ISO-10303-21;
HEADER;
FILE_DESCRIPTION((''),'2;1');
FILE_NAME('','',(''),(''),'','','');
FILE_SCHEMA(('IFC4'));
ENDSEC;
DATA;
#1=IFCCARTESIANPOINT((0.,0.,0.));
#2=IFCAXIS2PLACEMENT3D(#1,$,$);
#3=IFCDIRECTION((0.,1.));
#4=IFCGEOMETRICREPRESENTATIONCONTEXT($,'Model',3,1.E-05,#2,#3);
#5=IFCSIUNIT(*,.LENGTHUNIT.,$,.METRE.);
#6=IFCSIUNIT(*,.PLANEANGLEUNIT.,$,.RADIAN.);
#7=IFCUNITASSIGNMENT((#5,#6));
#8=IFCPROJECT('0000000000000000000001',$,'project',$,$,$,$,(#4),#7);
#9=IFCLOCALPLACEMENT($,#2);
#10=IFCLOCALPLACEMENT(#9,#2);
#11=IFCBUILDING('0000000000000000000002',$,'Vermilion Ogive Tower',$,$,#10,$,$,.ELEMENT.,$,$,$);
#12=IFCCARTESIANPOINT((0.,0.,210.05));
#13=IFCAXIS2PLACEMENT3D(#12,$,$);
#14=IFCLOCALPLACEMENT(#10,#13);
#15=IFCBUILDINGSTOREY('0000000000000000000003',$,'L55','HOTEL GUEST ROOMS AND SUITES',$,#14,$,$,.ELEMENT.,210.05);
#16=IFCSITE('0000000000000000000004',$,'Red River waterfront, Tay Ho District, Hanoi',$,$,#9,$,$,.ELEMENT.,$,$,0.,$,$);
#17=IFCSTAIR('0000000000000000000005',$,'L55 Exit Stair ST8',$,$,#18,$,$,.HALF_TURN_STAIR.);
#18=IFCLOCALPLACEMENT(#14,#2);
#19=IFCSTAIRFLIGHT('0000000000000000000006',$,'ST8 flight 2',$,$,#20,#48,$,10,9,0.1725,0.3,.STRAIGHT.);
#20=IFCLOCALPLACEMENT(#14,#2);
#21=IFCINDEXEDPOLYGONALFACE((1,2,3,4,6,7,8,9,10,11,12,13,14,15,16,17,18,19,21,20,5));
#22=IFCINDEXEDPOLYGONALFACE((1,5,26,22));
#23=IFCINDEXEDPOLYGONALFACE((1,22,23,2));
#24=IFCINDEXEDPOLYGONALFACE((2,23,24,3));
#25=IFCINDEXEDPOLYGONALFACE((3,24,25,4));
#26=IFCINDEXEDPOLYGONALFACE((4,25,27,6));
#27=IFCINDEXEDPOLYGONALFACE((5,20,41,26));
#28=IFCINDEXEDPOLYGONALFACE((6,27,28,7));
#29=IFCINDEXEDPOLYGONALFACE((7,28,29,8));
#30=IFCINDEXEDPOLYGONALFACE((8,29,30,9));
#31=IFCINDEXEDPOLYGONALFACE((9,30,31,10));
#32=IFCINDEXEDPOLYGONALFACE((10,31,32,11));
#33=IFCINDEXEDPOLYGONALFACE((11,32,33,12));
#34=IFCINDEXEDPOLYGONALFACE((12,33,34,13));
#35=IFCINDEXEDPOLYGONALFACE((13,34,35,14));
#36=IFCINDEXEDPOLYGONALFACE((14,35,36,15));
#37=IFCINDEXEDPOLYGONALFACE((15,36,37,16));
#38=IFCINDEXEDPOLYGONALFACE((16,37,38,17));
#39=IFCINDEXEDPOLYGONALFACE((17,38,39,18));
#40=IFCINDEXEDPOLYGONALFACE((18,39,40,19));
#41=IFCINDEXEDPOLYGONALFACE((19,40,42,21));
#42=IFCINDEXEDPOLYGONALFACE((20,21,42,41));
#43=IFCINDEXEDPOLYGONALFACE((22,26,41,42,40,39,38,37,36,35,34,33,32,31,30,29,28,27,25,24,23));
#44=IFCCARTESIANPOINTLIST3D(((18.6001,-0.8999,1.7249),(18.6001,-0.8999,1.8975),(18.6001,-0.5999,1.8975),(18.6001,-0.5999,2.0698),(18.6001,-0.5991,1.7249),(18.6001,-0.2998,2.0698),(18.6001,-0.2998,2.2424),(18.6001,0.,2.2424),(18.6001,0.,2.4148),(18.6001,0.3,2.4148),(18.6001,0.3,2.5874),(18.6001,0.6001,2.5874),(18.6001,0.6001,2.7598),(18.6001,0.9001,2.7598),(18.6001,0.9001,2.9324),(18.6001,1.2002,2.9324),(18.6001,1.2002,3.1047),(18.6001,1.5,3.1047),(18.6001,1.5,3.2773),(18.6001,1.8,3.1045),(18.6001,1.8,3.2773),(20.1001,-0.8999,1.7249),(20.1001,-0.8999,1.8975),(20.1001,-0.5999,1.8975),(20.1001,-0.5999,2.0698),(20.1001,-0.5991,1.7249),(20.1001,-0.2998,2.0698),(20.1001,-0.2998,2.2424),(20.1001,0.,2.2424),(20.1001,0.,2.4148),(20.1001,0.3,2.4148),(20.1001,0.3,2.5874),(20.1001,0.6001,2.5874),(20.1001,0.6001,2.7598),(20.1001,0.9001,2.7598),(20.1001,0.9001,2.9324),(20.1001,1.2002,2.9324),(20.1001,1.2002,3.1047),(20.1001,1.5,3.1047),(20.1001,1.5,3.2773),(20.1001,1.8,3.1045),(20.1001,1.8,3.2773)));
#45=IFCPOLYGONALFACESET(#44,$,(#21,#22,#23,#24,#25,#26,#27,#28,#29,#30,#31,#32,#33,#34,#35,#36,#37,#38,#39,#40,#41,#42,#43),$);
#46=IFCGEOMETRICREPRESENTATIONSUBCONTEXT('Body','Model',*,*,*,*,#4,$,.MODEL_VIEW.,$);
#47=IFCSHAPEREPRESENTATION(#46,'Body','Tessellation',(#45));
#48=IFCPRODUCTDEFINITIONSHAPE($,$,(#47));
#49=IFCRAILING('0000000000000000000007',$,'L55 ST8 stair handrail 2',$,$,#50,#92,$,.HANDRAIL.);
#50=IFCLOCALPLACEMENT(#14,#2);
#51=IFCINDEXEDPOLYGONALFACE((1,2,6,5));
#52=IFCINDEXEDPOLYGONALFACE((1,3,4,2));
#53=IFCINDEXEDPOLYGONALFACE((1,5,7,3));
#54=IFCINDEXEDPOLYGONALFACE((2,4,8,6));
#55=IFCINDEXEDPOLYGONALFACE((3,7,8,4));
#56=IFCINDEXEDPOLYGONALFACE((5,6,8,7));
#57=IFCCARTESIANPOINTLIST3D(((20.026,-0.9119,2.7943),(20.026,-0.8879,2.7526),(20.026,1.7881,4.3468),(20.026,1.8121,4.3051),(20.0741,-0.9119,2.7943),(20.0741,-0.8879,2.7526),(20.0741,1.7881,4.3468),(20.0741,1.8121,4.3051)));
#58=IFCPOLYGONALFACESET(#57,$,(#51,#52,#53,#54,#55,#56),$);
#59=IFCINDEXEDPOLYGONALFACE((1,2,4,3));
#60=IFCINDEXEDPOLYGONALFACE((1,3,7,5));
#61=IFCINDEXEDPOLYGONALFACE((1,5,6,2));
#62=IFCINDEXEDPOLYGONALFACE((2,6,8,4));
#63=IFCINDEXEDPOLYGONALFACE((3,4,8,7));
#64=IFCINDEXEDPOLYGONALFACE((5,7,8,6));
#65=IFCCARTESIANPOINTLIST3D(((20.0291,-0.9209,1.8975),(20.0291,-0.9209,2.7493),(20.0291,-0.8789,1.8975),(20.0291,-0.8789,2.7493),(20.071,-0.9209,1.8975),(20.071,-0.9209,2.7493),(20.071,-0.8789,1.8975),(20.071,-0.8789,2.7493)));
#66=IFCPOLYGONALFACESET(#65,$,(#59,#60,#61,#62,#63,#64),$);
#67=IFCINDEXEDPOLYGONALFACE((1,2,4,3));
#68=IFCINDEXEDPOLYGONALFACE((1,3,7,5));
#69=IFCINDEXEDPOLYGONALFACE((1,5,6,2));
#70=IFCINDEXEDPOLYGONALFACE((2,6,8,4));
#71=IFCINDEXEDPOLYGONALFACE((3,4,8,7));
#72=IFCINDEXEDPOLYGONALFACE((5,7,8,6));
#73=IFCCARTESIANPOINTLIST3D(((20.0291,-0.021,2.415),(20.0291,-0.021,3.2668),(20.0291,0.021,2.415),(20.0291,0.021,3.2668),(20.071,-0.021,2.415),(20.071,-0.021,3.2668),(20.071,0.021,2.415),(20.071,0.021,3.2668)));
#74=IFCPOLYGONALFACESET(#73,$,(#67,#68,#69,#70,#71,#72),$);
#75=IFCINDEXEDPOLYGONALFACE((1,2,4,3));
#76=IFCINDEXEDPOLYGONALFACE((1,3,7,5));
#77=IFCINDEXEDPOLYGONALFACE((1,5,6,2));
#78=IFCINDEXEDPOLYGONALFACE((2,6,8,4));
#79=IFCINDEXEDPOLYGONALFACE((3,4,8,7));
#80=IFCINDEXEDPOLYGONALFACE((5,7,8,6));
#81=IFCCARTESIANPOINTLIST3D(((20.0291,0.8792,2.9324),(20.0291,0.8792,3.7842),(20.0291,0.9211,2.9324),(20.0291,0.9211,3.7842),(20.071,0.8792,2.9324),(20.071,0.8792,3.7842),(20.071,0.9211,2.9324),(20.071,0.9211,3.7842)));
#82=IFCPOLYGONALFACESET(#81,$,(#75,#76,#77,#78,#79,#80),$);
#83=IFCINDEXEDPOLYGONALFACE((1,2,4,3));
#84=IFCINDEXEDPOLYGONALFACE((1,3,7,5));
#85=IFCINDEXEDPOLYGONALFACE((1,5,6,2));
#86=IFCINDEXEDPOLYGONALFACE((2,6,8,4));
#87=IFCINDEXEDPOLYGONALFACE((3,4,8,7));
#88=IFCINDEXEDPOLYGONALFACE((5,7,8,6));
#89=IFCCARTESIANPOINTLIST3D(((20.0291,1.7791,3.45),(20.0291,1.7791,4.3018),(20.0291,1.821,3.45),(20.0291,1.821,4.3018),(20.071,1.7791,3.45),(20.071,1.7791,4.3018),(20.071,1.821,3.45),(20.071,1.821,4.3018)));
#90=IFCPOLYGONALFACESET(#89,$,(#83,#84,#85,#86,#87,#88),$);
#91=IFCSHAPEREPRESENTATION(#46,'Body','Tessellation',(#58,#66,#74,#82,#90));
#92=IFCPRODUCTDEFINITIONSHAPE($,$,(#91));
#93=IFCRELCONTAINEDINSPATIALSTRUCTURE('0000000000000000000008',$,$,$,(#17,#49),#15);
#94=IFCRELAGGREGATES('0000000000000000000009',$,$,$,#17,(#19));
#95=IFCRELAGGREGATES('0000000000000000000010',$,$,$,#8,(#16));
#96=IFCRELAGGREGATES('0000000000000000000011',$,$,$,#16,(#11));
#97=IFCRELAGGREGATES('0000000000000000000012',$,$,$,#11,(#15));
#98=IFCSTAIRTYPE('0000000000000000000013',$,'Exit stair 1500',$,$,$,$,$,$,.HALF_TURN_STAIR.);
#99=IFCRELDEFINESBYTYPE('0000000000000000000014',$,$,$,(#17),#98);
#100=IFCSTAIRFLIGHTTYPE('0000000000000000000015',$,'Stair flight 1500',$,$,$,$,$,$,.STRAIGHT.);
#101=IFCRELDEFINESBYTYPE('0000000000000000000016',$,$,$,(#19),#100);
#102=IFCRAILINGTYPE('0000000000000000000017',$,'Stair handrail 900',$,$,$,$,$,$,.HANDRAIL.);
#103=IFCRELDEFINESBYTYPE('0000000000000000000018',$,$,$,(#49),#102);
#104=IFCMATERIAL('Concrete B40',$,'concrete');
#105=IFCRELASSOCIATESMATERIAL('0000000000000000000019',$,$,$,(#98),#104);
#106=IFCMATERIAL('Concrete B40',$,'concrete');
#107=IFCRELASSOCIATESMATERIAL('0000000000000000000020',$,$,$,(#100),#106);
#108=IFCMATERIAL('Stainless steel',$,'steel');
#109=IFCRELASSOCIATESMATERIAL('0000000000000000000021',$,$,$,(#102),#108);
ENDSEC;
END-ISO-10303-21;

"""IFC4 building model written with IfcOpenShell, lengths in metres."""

from ifc_helpers import new_model, si_unit, direction, frame, origin, origin_2d, place, context, subcontext, project, spatial, polyline, rectangle, outline, extrude, material, type_object, element, aggregate, save


model = new_model("IFC4")

# Units and contexts
model_context = context("Model", 3, precision=1e-05, world=origin(), true_north=direction((0.0, 1.0)))
body_context = subcontext(model_context, "Body", "Model", "MODEL_VIEW")
ifc_project = project(units=[si_unit("LENGTHUNIT", "METRE"), si_unit("PLANEANGLEUNIT", "RADIAN")], contexts=[model_context])

# Site, building, storey
site_placement = place(None, origin())
site = spatial("IfcSite", under=ifc_project, at=site_placement, Name="Red River waterfront, Tay Ho District, Hanoi", CompositionType="ELEMENT", RefElevation=0.0)
building_placement = place(site_placement, origin())
building = spatial("IfcBuilding", under=site, at=building_placement, Name="Vermilion Ogive Tower", CompositionType="ELEMENT")
storey_placement = place(building_placement, frame((0.0, 0.0, 210.05)))
storey = spatial("IfcBuildingStorey", under=building, at=storey_placement, Name="L55", Description="HOTEL GUEST ROOMS AND SUITES", CompositionType="ELEMENT", Elevation=210.05)

# Stair, stair flight
ifc_material_1 = material(Name="Concrete B40", Category="concrete")
stair_type = type_object("IfcStairType", Name="Exit stair 1500", PredefinedType="HALF_TURN_STAIR", material=ifc_material_1)
stair_placement = place(storey_placement, origin())
stair = element("IfcStair", 1, at=stair_placement, inside=storey, type_object=stair_type, Name="L55 Exit Stair ST8", PredefinedType="HALF_TURN_STAIR")
ifc_material_2 = material(Name="Concrete B40", Category="concrete")
stair_flight_type = type_object("IfcStairFlightType", Name="Stair flight 1500", PredefinedType="STRAIGHT", material=ifc_material_2)
stair_flight_placement = place(storey_placement, frame((19.3501, -0.8999, 1.7249), z_axis=(0.0, 0.0, 1.0), x_axis=(0.0, 1.0, 0.0)))
stair_flight = element("IfcStairFlight", 2, at=stair_flight_placement, type_object=stair_flight_type, Name="ST8 flight 2", NumberOfRisers=10, NumberOfTreads=9, PredefinedType="STRAIGHT", RiserHeight=0.1725, TreadLength=0.3, context=body_context, shape_type="SweptSolid", body=[
    extrude(outline(polyline([(0.0, 0.0), (0.0, 0.1726), (0.3, 0.1726), (0.3, 0.345), (0.6001, 0.345), (0.6001, 0.5176), (0.8999, 0.5176), (0.8999, 0.6899), (1.2, 0.6899), (1.2, 0.8625), (1.5, 0.8625), (1.5, 1.0349), (1.8, 1.0349), (1.8, 1.2075), (2.1001, 1.2075), (2.1001, 1.3799), (2.3999, 1.3799), (2.3999, 1.5525), (2.7, 1.5525), (2.7, 1.7251), (2.7, 1.3796), (0.3008, 0.0), (0.0, 0.0)])), frame((0.0, 0.75, 0.0), z_axis=(0.0, -1.0, 0.0), x_axis=(1.0, 0.0, 0.0)), (0.0, 0.0, 1.0), 1.5),
])
aggregate(stair, [stair_flight])

# Railing
ifc_material_3 = material(Name="Stainless steel", Category="steel")
railing_type = type_object("IfcRailingType", Name="Stair handrail 900", PredefinedType="HANDRAIL", material=ifc_material_3)
railing_placement = place(storey_placement, frame((20.05, -0.8999, 1.8975)))
element("IfcRailing", 3, at=railing_placement, inside=storey, type_object=railing_type, Name="L55 ST8 stair handrail 2", PredefinedType="HANDRAIL", context=body_context, shape_type="SweptSolid", body=[
    extrude(rectangle(XDim=0.0481, YDim=0.0481, at=origin_2d()), frame((0.0, 0.0, 0.876), z_axis=(0.0, 0.866904, 0.498476), x_axis=(-1.0, 0.0, 0.0)), (0.0, 0.0, 1.0), 3.1145),
    extrude(rectangle(XDim=0.042, YDim=0.042, at=origin_2d()), origin(), (0.0, 0.0, 1.0), 0.8518),
    extrude(rectangle(XDim=0.042, YDim=0.042, at=origin_2d()), frame((0.0, 0.8999, 0.5176)), (0.0, 0.0, 1.0), 0.8518),
    extrude(rectangle(XDim=0.042, YDim=0.042, at=origin_2d()), frame((0.0, 1.8, 1.0349)), (0.0, 0.0, 1.0), 0.8518),
    extrude(rectangle(XDim=0.042, YDim=0.042, at=origin_2d()), frame((0.0, 2.7, 1.5525)), (0.0, 0.0, 1.0), 0.8518),
])

save(model, "model.ifc")
